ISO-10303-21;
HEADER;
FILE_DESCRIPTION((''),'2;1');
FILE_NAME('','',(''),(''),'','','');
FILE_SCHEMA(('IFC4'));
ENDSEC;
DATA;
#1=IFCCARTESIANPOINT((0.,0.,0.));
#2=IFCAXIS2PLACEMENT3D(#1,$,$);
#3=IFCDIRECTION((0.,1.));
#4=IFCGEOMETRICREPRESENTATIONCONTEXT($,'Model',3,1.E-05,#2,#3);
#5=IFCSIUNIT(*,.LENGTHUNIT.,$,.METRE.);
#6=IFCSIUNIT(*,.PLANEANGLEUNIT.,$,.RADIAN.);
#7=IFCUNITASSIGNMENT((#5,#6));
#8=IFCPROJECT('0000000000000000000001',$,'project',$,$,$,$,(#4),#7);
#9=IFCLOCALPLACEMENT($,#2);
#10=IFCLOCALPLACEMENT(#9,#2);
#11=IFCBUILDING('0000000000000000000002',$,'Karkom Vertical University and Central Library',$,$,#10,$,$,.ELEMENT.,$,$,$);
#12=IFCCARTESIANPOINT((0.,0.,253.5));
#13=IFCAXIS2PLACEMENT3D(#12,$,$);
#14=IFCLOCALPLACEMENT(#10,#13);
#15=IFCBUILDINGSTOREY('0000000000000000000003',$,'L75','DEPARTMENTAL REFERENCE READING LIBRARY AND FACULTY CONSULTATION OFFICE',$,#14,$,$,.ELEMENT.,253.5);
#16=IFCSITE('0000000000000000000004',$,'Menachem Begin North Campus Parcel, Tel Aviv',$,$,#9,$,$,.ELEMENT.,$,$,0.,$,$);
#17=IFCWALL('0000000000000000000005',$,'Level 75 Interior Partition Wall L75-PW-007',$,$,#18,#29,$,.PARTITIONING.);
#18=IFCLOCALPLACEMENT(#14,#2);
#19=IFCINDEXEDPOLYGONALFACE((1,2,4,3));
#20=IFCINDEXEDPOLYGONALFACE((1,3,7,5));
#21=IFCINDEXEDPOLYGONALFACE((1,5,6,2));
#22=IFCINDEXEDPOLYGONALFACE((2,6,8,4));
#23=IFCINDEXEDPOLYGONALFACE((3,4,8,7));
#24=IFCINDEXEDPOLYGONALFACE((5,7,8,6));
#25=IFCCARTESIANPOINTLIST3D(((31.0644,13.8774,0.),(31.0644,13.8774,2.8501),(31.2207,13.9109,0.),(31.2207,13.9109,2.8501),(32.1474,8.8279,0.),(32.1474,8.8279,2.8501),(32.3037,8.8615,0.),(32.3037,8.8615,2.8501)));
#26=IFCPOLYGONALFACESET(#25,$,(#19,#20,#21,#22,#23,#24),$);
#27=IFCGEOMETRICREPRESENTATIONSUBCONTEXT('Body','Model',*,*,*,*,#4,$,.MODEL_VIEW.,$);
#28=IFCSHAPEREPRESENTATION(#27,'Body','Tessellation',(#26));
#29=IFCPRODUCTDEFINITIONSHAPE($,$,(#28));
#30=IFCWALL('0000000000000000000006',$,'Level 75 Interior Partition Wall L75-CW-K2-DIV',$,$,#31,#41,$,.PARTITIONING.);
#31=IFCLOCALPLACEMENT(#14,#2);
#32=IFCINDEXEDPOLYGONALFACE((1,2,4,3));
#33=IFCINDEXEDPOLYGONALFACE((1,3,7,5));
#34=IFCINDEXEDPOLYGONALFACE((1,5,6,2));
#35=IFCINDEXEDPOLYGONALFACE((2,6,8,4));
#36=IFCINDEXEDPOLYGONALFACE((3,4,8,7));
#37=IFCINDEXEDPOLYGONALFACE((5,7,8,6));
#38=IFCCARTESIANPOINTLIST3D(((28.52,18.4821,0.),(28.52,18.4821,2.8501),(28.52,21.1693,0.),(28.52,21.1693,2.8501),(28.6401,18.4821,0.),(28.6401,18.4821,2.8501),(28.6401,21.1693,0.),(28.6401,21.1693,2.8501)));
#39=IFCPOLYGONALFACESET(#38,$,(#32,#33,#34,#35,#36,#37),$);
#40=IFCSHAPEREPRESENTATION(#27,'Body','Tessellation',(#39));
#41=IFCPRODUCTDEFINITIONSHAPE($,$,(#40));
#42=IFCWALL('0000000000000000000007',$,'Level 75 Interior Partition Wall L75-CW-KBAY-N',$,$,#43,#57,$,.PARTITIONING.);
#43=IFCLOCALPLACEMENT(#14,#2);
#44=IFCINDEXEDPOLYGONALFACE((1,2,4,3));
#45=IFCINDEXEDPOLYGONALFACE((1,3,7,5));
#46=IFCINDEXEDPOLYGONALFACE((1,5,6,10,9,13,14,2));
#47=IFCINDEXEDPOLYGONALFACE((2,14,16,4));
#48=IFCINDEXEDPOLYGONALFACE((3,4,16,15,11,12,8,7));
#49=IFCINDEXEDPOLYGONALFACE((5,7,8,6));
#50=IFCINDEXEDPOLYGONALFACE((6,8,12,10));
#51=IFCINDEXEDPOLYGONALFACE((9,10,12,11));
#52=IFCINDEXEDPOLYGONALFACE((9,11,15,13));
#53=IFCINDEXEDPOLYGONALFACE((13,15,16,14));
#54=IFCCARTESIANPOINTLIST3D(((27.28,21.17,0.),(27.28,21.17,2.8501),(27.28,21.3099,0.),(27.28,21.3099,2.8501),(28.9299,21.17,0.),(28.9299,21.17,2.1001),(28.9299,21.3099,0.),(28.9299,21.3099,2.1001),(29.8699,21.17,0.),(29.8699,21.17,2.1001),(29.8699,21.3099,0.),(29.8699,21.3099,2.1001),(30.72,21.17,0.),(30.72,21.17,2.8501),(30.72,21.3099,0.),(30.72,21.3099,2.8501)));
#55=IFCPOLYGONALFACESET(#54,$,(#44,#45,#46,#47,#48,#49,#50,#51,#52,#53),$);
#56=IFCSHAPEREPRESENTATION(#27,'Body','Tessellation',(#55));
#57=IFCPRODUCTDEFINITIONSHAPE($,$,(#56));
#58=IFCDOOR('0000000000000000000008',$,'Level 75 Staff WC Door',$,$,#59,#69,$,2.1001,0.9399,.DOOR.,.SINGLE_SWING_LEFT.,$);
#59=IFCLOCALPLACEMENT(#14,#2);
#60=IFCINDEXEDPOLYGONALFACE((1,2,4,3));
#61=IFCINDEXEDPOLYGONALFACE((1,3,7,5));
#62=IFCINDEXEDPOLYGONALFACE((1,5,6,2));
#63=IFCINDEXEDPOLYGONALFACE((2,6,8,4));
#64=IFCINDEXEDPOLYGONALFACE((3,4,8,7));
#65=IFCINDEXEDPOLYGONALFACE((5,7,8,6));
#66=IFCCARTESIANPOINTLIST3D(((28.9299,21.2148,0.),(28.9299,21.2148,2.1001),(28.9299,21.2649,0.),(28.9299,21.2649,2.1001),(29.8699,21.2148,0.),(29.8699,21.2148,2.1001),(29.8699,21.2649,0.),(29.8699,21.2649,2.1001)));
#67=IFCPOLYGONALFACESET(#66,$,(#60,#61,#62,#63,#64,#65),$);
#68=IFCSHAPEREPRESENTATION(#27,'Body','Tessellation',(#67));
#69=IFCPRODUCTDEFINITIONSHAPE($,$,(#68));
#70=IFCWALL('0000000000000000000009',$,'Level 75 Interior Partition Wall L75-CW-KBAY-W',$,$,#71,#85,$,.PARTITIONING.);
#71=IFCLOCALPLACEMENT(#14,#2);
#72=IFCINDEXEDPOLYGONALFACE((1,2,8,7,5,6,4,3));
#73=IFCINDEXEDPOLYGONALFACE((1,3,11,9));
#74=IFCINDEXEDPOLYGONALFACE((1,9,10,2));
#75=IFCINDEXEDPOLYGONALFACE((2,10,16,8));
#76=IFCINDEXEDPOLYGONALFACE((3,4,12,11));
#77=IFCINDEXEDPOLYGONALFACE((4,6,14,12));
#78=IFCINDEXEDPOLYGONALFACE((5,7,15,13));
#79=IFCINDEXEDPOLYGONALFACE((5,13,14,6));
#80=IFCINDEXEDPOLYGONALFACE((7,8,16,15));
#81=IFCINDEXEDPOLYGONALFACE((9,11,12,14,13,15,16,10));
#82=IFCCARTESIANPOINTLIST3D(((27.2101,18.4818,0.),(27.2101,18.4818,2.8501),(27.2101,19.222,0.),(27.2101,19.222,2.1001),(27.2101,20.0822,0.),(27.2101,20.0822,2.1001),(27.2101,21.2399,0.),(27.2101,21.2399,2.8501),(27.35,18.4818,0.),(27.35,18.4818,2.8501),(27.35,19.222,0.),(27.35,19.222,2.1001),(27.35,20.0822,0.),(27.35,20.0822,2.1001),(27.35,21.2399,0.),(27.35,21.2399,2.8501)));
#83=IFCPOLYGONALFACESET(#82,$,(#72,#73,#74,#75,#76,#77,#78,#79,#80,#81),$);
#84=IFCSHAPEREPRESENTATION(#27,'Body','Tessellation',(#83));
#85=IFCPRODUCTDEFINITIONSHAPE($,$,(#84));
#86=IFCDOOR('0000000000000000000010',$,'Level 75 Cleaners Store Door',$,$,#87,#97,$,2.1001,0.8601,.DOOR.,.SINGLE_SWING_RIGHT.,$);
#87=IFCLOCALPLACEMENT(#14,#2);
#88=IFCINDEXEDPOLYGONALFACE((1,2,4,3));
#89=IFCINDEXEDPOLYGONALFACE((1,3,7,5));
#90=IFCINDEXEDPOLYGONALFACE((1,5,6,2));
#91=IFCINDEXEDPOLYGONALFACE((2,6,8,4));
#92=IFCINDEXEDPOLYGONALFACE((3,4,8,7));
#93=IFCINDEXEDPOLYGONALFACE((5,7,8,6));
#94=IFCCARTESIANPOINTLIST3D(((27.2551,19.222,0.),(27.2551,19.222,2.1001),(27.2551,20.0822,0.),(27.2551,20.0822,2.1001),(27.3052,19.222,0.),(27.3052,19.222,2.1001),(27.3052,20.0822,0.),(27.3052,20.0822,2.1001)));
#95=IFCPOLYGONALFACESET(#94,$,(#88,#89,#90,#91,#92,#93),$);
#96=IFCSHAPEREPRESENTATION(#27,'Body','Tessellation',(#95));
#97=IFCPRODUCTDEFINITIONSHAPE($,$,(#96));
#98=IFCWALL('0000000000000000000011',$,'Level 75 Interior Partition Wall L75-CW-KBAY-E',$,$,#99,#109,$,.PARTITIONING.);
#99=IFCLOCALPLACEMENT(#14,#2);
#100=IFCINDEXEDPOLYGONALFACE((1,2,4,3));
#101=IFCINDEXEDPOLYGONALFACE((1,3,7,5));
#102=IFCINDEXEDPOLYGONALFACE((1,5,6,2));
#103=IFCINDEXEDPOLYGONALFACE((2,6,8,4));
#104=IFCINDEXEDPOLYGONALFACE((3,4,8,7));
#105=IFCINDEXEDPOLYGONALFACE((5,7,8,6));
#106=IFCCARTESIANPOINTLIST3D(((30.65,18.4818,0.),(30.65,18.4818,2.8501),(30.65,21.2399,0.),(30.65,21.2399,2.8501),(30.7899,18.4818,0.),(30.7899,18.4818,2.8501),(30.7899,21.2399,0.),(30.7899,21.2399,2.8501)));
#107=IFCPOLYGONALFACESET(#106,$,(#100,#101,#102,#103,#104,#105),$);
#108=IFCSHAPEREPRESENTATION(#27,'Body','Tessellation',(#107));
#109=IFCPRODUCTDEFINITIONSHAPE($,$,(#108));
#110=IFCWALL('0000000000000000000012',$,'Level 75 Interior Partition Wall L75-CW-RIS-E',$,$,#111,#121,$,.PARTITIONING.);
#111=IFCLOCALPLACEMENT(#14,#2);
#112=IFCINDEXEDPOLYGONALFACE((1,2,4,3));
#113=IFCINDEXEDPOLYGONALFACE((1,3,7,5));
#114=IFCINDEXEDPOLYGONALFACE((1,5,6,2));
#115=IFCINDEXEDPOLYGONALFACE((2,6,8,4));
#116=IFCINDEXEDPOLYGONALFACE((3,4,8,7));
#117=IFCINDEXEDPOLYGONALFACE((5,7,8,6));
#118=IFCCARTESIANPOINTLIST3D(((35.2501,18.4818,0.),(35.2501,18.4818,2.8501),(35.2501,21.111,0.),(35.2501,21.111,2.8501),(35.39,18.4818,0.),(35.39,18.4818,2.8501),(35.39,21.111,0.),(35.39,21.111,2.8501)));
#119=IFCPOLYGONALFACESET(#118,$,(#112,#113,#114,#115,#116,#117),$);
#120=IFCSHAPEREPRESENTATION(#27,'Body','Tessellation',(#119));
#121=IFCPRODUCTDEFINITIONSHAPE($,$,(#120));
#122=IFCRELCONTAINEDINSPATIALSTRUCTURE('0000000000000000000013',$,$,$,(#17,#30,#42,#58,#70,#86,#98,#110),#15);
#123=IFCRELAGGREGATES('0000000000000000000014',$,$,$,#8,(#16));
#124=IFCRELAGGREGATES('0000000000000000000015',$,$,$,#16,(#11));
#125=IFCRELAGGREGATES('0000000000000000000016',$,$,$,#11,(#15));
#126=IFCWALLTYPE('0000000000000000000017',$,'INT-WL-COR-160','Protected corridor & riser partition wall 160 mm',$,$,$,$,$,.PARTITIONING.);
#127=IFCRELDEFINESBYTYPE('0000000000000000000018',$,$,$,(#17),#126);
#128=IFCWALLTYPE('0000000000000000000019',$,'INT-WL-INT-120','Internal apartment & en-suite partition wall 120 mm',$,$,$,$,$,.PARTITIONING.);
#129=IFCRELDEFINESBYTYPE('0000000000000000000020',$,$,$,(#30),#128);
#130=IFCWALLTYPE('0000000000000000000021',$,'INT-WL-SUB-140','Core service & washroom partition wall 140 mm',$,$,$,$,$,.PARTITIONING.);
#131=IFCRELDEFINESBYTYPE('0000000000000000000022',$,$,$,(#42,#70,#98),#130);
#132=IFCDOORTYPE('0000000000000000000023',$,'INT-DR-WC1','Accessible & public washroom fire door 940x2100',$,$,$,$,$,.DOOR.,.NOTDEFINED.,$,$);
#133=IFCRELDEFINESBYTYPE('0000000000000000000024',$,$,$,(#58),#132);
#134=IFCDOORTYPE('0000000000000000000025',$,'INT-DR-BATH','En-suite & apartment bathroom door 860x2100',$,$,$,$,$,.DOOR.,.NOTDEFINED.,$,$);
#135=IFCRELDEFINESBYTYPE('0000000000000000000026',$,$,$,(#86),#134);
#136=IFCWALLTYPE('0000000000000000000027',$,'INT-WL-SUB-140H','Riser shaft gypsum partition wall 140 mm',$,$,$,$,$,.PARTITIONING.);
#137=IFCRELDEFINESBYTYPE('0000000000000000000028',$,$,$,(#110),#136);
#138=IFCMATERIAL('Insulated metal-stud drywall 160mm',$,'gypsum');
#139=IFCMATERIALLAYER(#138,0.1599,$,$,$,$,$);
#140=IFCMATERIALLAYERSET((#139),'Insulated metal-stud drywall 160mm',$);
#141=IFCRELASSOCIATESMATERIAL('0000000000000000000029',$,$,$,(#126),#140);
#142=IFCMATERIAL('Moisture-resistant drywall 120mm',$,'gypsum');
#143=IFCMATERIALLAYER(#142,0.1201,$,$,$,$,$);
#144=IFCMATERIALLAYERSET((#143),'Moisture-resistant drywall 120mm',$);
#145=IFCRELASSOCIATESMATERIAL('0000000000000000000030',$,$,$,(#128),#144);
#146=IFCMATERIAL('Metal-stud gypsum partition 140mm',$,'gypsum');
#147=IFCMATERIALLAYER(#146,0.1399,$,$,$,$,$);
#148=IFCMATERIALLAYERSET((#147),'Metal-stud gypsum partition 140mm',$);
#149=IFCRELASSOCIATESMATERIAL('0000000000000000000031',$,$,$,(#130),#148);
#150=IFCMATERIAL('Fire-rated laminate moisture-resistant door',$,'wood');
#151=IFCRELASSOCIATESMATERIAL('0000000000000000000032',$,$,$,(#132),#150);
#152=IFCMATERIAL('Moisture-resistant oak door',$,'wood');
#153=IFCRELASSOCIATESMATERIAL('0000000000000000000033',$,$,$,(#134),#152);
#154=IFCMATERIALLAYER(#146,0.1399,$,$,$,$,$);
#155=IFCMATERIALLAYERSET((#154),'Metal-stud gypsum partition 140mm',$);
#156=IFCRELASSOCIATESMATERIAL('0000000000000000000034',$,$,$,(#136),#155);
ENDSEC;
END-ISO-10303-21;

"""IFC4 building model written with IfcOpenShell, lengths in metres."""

from ifc_helpers import new_model, si_unit, direction, frame, frame_2d, origin, origin_with_axes, place, context, subcontext, project, spatial, rectangle, extrude, source, transform, mapped, material, layer, layer_set, type_object, element, fill, save


model = new_model("IFC4")

# Units and contexts
model_context = context("Model", 3, precision=1e-05, world=origin(), true_north=direction((0.0, 1.0)))
body_context = subcontext(model_context, "Body", "Model", "MODEL_VIEW")
ifc_project = project(units=[si_unit("LENGTHUNIT", "METRE"), si_unit("PLANEANGLEUNIT", "RADIAN")], contexts=[model_context])

# Site, building, storey
site_placement = place(None, origin())
site = spatial("IfcSite", under=ifc_project, at=site_placement, Name="Menachem Begin North Campus Parcel, Tel Aviv", CompositionType="ELEMENT", RefElevation=0.0)
building_placement = place(site_placement, origin())
building = spatial("IfcBuilding", under=site, at=building_placement, Name="Karkom Vertical University and Central Library", CompositionType="ELEMENT")
storey_placement = place(building_placement, frame((0.0, 0.0, 253.5)))
storey = spatial("IfcBuildingStorey", under=building, at=storey_placement, Name="L75", Description="DEPARTMENTAL REFERENCE READING LIBRARY AND FACULTY CONSULTATION OFFICE", CompositionType="ELEMENT", Elevation=253.5)

# Walls
ifc_material_1 = material(Name="Insulated metal-stud drywall 160mm", Category="gypsum")
ifc_layer_1 = layer(ifc_material_1, 0.1599)
ifc_layer_set_1 = layer_set([ifc_layer_1], Name="Insulated metal-stud drywall 160mm")
wall_type_1 = type_object("IfcWallType", Name="INT-WL-COR-160", Description="Protected corridor & riser partition wall 160 mm", PredefinedType="PARTITIONING", material=ifc_layer_set_1)
wall_1_placement = place(storey_placement, frame((31.1426, 13.894, 0.0), z_axis=(0.0, 0.0, 1.0), x_axis=(0.209707, -0.977764, 0.0)))
element("IfcWall", 1, at=wall_1_placement, inside=storey, type_object=wall_type_1, Name="Level 75 Interior Partition Wall L75-PW-007", PredefinedType="PARTITIONING", context=body_context, shape_type="SweptSolid", body=[
    extrude(rectangle(XDim=5.1643, YDim=0.1599, at=frame_2d((2.582, 0.0))), origin(), (0.0, 0.0, 1.0), 2.8501),
])
ifc_material_2 = material(Name="Moisture-resistant drywall 120mm", Category="gypsum")
ifc_layer_2 = layer(ifc_material_2, 0.1201)
ifc_layer_set_2 = layer_set([ifc_layer_2], Name="Moisture-resistant drywall 120mm")
wall_type_2 = type_object("IfcWallType", Name="INT-WL-INT-120", Description="Internal apartment & en-suite partition wall 120 mm", PredefinedType="PARTITIONING", material=ifc_layer_set_2)
wall_2_placement = place(storey_placement, frame((28.5801, 18.4819, 0.0), z_axis=(0.0, 0.0, 1.0), x_axis=(0.0, 1.0, 0.0)))
element("IfcWall", 2, at=wall_2_placement, inside=storey, type_object=wall_type_2, Name="Level 75 Interior Partition Wall L75-CW-K2-DIV", PredefinedType="PARTITIONING", context=body_context, shape_type="SweptSolid", body=[
    extrude(rectangle(XDim=2.6873, YDim=0.1201, at=frame_2d((1.3438, 0.0))), origin(), (0.0, 0.0, 1.0), 2.8501),
])

# Walls, openings, doors
ifc_material_3 = material(Name="Metal-stud gypsum partition 140mm", Category="gypsum")
ifc_layer_3 = layer(ifc_material_3, 0.1399)
ifc_layer_set_3 = layer_set([ifc_layer_3], Name="Metal-stud gypsum partition 140mm")
wall_type_3 = type_object("IfcWallType", Name="INT-WL-SUB-140", Description="Core service & washroom partition wall 140 mm", PredefinedType="PARTITIONING", material=ifc_layer_set_3)
wall_3_placement = place(storey_placement, frame((27.28, 21.24, 0.0), z_axis=(0.0, 0.0, 1.0), x_axis=(1.0, 0.0, 0.0)))
wall_3 = element("IfcWall", 3, at=wall_3_placement, inside=storey, type_object=wall_type_3, Name="Level 75 Interior Partition Wall L75-CW-KBAY-N", PredefinedType="PARTITIONING", context=body_context, shape_type="SweptSolid", body=[
    extrude(rectangle(XDim=3.4399, YDim=0.1399, at=frame_2d((1.72, 0.0))), origin(), (0.0, 0.0, 1.0), 2.8501),
])
opening_1_placement = place(wall_3_placement, frame((1.6499, 0.0, 0.0)))
opening_1 = element("IfcOpeningElement", 4, at=opening_1_placement, cuts=wall_3, PredefinedType="OPENING", context=body_context, shape_type="SweptSolid", body=[
    extrude(rectangle(XDim=0.9399, YDim=2.1001, at=frame_2d((0.47, 1.05))), frame((0.0, 0.0801, 0.0), z_axis=(0.0, -1.0, 0.0), x_axis=(1.0, 0.0, 0.0)), (0.0, 0.0, 1.0), 0.1599),
])
ifc_material_4 = material(Name="Fire-rated laminate moisture-resistant door", Category="wood")
door_type_1 = type_object("IfcDoorType", Name="INT-DR-WC1", Description="Accessible & public washroom fire door 940x2100", OperationType="NOTDEFINED", PredefinedType="DOOR", material=ifc_material_4)
shared_shape_1 = source(origin_with_axes(), body_context, "Body", "SweptSolid", [
    extrude(rectangle(XDim=0.9399, YDim=2.1001, at=frame_2d((0.47, 1.05))), frame((0.0, 0.0249, 0.0), z_axis=(0.0, -1.0, 0.0), x_axis=(1.0, 0.0, 0.0)), (0.0, 0.0, 1.0), 0.05),
])
door_1_placement = place(opening_1_placement, origin())
door_1 = element("IfcDoor", 5, at=door_1_placement, inside=storey, type_object=door_type_1, Name="Level 75 Staff WC Door", OperationType="SINGLE_SWING_LEFT", OverallHeight=2.1001, OverallWidth=0.9399, PredefinedType="DOOR", context=body_context, shape_type="MappedRepresentation", body=[
    mapped(shared_shape_1, transform((0.0, 0.0, 0.0), scale=1.0)),
])
fill(opening_1, door_1)
wall_4_placement = place(storey_placement, frame((27.28, 18.4819, 0.0), z_axis=(0.0, 0.0, 1.0), x_axis=(0.0, 1.0, 0.0)))
wall_4 = element("IfcWall", 6, at=wall_4_placement, inside=storey, type_object=wall_type_3, Name="Level 75 Interior Partition Wall L75-CW-KBAY-W", PredefinedType="PARTITIONING", context=body_context, shape_type="SweptSolid", body=[
    extrude(rectangle(XDim=2.7581, YDim=0.1399, at=frame_2d((1.3789, 0.0))), origin(), (0.0, 0.0, 1.0), 2.8501),
])
opening_2_placement = place(wall_4_placement, frame((0.74, 0.0, 0.0)))
opening_2 = element("IfcOpeningElement", 7, at=opening_2_placement, cuts=wall_4, PredefinedType="OPENING", context=body_context, shape_type="SweptSolid", body=[
    extrude(rectangle(XDim=0.8601, YDim=2.1001, at=frame_2d((0.4302, 1.05))), frame((0.0, 0.0801, 0.0), z_axis=(0.0, -1.0, 0.0), x_axis=(1.0, 0.0, 0.0)), (0.0, 0.0, 1.0), 0.1599),
])
ifc_material_5 = material(Name="Moisture-resistant oak door", Category="wood")
door_type_2 = type_object("IfcDoorType", Name="INT-DR-BATH", Description="En-suite & apartment bathroom door 860x2100", OperationType="NOTDEFINED", PredefinedType="DOOR", material=ifc_material_5)
shared_shape_2 = source(origin_with_axes(), body_context, "Body", "SweptSolid", [
    extrude(rectangle(XDim=0.8601, YDim=2.1001, at=frame_2d((0.4302, 1.05))), frame((0.0, 0.0249, 0.0), z_axis=(0.0, -1.0, 0.0), x_axis=(1.0, 0.0, 0.0)), (0.0, 0.0, 1.0), 0.05),
])
door_2_placement = place(opening_2_placement, origin())
door_2 = element("IfcDoor", 8, at=door_2_placement, inside=storey, type_object=door_type_2, Name="Level 75 Cleaners Store Door", OperationType="SINGLE_SWING_RIGHT", OverallHeight=2.1001, OverallWidth=0.8601, PredefinedType="DOOR", context=body_context, shape_type="MappedRepresentation", body=[
    mapped(shared_shape_2, transform((0.0, 0.0, 0.0), scale=1.0)),
])
fill(opening_2, door_2)

# Walls
wall_5_placement = place(storey_placement, frame((30.72, 18.4819, 0.0), z_axis=(0.0, 0.0, 1.0), x_axis=(0.0, 1.0, 0.0)))
element("IfcWall", 9, at=wall_5_placement, inside=storey, type_object=wall_type_3, Name="Level 75 Interior Partition Wall L75-CW-KBAY-E", PredefinedType="PARTITIONING", context=body_context, shape_type="SweptSolid", body=[
    extrude(rectangle(XDim=2.7581, YDim=0.1399, at=frame_2d((1.3789, 0.0))), origin(), (0.0, 0.0, 1.0), 2.8501),
])
ifc_layer_4 = layer(ifc_material_3, 0.1399)
ifc_layer_set_4 = layer_set([ifc_layer_4], Name="Metal-stud gypsum partition 140mm")
wall_type_4 = type_object("IfcWallType", Name="INT-WL-SUB-140H", Description="Riser shaft gypsum partition wall 140 mm", PredefinedType="PARTITIONING", material=ifc_layer_set_4)
wall_6_placement = place(storey_placement, frame((35.3201, 18.4819, 0.0), z_axis=(0.0, 0.0, 1.0), x_axis=(0.0, 1.0, 0.0)))
element("IfcWall", 10, at=wall_6_placement, inside=storey, type_object=wall_type_4, Name="Level 75 Interior Partition Wall L75-CW-RIS-E", PredefinedType="PARTITIONING", context=body_context, shape_type="SweptSolid", body=[
    extrude(rectangle(XDim=2.6292, YDim=0.1399, at=frame_2d((1.3145, 0.0))), origin(), (0.0, 0.0, 1.0), 2.8501),
])

save(model, "model.ifc")
